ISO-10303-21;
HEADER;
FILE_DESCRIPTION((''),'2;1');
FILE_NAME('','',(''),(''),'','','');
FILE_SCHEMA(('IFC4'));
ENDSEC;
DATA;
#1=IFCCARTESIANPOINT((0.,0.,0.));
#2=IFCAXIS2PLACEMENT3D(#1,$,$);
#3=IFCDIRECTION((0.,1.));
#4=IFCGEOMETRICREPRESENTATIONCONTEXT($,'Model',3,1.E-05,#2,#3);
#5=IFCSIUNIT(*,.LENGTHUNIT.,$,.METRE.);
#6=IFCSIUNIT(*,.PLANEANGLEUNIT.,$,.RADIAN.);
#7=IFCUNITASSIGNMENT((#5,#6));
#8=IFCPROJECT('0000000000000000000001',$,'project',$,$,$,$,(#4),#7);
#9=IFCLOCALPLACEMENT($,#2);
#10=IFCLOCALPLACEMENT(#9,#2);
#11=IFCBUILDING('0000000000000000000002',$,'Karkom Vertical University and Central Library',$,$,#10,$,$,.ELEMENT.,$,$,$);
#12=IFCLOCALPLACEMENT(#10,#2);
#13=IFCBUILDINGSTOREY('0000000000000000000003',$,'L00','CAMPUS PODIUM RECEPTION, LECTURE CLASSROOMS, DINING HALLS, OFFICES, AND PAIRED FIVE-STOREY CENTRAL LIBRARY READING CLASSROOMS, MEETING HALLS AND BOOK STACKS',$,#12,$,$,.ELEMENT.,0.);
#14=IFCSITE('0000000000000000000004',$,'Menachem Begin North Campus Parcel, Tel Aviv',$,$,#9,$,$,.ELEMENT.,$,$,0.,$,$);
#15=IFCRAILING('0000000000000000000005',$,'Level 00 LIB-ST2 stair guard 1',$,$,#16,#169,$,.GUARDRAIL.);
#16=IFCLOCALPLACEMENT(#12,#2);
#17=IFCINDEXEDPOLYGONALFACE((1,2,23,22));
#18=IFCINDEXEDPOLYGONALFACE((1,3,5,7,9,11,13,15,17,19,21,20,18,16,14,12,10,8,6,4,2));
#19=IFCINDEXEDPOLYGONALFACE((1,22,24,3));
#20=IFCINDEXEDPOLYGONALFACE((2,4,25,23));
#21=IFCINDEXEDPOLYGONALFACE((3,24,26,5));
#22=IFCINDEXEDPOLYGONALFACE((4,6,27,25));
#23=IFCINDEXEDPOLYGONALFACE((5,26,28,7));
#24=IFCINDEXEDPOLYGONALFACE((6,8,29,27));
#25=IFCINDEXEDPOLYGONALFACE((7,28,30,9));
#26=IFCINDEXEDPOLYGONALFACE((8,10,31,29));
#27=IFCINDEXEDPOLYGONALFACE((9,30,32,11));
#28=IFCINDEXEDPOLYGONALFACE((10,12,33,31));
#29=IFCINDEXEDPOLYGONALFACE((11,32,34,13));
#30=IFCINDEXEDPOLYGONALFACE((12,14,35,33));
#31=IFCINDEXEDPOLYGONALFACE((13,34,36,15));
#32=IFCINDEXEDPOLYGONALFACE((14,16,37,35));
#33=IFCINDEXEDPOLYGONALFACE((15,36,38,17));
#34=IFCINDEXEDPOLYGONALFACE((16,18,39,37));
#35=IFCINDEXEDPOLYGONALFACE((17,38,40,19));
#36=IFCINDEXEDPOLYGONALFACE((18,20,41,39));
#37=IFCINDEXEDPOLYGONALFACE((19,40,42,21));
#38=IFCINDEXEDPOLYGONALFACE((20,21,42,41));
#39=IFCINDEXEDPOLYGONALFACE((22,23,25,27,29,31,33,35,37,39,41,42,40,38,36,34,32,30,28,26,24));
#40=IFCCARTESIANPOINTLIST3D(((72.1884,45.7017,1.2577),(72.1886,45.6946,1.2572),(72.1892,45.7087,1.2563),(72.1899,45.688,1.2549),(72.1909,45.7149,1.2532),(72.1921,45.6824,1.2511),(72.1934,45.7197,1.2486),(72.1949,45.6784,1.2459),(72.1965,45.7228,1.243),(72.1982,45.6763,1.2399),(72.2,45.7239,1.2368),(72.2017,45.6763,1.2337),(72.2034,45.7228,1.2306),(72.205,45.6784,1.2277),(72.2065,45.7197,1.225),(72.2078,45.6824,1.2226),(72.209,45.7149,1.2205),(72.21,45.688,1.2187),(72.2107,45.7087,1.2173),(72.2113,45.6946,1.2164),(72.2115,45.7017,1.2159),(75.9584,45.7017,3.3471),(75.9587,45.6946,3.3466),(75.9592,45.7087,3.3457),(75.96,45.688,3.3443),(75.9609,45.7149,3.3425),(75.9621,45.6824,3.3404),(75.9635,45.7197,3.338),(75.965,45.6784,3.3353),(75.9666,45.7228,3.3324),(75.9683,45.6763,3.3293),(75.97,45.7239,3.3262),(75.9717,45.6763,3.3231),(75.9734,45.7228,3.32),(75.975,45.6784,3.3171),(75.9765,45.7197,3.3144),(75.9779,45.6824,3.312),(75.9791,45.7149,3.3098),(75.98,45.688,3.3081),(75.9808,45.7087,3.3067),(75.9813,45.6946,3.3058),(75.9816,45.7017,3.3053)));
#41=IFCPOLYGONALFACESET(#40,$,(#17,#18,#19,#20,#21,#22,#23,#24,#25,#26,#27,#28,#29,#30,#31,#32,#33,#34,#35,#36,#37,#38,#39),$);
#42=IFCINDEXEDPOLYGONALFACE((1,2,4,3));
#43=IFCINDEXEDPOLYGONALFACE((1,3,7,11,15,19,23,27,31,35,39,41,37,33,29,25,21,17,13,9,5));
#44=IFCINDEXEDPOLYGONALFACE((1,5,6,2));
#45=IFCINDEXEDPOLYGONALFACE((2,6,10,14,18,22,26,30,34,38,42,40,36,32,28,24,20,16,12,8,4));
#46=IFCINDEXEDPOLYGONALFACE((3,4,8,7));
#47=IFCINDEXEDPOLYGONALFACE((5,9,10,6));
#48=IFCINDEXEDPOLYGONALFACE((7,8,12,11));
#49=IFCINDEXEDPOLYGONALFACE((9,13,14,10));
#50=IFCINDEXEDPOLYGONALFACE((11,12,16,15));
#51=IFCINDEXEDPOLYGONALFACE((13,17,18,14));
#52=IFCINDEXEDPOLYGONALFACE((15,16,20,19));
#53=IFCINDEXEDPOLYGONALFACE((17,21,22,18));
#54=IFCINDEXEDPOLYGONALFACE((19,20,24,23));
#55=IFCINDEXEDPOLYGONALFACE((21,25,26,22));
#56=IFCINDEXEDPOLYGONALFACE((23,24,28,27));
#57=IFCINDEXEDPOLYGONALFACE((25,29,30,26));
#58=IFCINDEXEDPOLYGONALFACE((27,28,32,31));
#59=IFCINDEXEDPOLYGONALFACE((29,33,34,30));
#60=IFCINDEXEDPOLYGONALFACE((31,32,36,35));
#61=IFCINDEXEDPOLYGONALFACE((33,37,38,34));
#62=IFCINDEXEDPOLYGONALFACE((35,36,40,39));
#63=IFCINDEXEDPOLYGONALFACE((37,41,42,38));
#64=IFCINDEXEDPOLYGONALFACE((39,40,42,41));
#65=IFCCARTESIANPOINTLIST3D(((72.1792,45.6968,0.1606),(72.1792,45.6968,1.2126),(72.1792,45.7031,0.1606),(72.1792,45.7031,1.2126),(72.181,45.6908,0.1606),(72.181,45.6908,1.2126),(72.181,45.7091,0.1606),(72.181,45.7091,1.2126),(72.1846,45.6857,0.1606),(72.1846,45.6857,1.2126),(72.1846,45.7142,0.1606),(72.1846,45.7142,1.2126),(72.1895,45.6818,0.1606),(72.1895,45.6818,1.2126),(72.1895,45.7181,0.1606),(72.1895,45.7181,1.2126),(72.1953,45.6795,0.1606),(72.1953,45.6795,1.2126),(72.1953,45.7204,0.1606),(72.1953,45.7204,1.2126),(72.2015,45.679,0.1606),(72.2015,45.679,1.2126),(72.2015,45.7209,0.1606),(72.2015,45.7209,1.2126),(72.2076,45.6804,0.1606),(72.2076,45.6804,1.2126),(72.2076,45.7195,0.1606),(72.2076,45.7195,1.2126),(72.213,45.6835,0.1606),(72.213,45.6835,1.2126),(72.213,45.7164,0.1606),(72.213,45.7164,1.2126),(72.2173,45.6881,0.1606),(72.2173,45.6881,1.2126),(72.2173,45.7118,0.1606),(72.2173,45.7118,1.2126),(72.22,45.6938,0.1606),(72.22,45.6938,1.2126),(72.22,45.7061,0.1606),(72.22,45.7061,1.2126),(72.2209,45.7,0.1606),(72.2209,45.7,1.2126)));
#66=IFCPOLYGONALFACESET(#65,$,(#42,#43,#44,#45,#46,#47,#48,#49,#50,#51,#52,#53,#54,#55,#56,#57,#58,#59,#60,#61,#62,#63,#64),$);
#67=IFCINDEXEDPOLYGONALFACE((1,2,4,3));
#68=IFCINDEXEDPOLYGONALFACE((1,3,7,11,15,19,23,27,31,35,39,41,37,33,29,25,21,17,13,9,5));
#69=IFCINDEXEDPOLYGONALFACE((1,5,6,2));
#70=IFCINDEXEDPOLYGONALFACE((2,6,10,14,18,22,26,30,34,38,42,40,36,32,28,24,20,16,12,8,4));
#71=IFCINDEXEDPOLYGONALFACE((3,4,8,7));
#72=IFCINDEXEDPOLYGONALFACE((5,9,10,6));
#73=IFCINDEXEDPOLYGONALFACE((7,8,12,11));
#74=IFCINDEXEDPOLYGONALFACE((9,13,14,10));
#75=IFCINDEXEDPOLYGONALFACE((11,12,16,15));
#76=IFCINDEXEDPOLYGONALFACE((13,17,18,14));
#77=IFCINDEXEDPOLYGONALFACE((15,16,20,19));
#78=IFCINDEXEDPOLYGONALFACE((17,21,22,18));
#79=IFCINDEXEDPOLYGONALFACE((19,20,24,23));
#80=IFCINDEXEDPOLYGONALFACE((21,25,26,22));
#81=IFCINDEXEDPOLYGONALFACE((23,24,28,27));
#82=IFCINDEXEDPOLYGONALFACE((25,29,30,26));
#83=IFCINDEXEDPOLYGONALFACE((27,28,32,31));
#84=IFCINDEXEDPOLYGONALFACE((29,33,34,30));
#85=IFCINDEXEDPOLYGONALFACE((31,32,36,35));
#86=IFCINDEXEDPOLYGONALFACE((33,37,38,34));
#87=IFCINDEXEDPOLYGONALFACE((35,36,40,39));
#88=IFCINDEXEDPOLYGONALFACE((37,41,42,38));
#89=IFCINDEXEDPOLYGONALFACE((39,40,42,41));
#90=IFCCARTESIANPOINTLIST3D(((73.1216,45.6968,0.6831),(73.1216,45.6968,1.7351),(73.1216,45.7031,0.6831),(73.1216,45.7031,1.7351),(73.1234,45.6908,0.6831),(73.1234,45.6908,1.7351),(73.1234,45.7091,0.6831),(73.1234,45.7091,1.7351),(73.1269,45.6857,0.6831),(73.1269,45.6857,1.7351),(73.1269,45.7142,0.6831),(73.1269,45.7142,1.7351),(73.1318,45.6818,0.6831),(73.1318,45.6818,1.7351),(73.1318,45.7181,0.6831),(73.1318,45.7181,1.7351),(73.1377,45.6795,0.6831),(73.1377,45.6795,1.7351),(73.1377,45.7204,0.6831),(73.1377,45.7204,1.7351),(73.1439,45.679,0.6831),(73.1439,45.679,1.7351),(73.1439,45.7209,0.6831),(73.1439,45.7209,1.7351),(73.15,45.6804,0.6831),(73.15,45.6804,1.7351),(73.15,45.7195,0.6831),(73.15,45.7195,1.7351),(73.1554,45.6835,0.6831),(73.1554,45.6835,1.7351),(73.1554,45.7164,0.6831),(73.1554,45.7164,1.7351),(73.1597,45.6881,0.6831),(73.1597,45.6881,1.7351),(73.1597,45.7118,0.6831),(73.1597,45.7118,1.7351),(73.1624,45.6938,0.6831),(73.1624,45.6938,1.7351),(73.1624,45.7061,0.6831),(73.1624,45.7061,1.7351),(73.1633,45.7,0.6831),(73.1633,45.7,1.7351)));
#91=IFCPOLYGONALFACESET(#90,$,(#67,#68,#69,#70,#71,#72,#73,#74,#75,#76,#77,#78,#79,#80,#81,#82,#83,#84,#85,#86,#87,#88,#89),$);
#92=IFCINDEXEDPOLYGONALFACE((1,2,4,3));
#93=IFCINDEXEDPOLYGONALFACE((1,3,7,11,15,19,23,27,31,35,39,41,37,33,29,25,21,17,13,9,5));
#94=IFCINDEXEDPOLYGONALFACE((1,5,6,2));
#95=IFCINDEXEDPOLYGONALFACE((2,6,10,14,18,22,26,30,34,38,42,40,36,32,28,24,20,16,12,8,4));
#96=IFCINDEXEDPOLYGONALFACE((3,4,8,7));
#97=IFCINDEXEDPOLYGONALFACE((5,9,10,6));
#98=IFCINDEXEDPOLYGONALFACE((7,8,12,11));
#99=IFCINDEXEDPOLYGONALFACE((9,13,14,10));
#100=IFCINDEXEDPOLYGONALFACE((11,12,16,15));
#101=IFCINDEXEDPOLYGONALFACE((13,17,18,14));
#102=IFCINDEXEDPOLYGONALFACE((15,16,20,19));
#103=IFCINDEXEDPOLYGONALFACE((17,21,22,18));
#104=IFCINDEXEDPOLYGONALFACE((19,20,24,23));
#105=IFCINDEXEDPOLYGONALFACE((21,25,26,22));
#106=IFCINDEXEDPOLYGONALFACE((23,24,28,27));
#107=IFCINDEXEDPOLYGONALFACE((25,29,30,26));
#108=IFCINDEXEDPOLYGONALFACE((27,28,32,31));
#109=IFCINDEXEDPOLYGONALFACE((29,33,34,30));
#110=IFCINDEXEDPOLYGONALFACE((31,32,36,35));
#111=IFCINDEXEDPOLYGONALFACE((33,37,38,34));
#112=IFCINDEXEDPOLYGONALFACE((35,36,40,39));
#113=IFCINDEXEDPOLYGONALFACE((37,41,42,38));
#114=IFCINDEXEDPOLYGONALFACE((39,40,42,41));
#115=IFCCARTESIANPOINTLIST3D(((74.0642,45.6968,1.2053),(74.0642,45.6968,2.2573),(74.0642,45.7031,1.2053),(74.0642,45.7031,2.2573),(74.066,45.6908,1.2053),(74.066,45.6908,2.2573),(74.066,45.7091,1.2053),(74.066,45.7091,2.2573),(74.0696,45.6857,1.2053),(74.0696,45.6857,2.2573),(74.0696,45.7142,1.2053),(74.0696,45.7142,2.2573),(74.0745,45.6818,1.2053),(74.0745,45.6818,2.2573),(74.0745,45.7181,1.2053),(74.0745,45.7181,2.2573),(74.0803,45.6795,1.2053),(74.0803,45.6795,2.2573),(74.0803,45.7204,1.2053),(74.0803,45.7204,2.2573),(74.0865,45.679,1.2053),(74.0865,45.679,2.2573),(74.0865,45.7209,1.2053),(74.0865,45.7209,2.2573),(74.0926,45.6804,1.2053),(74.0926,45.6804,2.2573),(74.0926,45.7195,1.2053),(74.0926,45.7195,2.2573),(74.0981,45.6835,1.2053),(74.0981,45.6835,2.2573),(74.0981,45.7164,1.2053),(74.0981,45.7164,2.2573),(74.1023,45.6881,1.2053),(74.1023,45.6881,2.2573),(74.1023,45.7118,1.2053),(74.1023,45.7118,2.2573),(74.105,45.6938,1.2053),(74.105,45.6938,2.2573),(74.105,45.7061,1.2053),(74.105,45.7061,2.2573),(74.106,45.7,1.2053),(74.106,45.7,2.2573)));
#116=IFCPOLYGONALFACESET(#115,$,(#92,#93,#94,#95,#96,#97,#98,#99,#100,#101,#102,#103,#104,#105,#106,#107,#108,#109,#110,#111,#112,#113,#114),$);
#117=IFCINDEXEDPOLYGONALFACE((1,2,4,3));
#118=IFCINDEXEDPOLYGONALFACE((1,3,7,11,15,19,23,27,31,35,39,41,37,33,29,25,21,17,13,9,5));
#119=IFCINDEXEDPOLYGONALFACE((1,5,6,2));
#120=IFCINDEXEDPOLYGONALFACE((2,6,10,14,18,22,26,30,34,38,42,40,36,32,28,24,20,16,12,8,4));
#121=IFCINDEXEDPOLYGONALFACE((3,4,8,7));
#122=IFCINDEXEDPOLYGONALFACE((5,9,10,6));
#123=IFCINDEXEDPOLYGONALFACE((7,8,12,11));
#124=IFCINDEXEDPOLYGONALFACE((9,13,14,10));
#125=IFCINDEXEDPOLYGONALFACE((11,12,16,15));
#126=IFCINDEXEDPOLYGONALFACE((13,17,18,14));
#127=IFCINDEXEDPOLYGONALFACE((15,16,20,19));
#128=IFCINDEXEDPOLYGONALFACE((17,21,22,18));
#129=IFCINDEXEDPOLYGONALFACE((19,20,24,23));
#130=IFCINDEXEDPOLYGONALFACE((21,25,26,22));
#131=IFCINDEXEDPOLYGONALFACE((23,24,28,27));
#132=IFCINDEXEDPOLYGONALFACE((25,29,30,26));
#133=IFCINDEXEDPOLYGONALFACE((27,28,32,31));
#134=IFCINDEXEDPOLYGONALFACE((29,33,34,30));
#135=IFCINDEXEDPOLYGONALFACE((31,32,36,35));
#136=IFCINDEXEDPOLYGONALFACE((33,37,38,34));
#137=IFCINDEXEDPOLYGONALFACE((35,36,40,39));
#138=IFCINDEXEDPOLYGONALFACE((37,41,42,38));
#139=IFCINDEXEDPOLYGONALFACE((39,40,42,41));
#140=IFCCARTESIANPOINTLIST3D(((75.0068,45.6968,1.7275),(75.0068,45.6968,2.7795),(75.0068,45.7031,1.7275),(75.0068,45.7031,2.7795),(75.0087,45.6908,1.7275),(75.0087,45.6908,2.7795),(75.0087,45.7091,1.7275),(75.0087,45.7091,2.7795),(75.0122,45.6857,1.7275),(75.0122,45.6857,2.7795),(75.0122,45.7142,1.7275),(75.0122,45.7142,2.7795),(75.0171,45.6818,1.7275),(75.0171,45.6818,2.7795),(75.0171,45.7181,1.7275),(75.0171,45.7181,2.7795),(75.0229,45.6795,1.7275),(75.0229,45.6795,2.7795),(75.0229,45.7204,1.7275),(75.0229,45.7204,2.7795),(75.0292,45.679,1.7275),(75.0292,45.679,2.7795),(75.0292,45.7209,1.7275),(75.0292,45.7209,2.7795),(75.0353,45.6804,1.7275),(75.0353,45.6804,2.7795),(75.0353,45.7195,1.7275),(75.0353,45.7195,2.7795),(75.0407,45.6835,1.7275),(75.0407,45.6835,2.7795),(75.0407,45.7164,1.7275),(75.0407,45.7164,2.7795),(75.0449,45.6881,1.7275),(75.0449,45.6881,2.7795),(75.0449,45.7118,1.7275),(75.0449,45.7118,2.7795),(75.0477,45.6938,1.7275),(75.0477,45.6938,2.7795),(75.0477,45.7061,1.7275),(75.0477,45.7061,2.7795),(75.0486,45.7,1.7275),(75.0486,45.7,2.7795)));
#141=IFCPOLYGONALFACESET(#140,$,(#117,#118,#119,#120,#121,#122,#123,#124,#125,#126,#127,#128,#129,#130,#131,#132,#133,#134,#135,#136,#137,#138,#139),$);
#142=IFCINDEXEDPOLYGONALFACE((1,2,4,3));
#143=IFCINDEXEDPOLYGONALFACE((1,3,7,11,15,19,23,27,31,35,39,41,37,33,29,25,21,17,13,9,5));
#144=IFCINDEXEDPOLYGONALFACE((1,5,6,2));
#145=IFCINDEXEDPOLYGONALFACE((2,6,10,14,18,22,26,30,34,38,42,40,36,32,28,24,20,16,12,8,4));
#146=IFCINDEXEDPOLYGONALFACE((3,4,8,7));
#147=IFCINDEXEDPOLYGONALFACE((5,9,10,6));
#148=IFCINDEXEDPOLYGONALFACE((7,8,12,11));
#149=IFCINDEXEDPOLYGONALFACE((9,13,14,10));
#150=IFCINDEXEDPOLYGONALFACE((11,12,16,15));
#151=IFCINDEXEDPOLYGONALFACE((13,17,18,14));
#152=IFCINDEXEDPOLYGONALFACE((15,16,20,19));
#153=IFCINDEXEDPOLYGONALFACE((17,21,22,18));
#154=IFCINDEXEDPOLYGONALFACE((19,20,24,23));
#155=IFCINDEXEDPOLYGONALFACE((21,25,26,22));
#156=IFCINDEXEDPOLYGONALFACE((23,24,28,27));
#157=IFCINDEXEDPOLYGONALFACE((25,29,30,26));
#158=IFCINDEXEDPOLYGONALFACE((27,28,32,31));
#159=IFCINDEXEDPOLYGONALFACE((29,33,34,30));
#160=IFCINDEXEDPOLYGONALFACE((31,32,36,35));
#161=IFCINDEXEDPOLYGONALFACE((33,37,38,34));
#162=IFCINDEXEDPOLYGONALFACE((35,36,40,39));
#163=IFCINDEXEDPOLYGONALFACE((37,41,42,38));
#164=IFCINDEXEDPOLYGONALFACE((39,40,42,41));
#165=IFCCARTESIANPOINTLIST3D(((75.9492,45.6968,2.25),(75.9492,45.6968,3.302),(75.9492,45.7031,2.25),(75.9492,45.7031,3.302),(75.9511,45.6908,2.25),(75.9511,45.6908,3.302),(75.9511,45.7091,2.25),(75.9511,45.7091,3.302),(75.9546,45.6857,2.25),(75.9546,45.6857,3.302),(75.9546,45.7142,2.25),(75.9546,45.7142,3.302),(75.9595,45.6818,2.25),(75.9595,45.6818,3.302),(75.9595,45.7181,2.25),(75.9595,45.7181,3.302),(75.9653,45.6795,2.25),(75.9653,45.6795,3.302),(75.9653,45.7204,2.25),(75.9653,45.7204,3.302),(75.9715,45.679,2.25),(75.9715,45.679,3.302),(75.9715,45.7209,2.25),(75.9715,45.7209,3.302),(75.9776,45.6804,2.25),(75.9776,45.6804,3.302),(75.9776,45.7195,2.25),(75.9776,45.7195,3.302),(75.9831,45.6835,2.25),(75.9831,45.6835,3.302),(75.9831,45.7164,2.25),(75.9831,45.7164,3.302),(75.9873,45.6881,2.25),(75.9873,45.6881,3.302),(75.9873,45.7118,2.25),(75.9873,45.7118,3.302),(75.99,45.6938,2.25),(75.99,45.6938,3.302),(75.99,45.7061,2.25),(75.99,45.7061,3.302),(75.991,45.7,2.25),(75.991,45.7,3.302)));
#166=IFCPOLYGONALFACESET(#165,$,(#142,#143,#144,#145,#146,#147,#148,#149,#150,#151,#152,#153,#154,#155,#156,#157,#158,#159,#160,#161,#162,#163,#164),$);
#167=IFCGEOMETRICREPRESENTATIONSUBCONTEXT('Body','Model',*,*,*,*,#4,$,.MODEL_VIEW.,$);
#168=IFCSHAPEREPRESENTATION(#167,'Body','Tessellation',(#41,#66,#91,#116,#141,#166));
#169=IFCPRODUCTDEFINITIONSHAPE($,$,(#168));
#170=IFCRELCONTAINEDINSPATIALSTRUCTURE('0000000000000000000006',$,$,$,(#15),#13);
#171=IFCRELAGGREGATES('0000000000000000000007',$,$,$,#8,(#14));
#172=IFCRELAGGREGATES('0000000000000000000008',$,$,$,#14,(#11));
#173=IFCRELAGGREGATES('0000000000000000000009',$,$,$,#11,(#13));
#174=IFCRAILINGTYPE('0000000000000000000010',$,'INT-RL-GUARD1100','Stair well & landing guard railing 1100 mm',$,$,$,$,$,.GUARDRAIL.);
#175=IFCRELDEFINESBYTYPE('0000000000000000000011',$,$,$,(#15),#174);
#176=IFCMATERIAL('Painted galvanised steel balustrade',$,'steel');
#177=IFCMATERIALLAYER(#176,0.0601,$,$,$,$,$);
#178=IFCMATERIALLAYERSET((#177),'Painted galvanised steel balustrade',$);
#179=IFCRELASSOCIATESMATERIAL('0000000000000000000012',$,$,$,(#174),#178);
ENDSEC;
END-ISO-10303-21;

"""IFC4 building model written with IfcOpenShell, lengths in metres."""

from ifc_helpers import new_model, si_unit, direction, frame, origin, origin_2d, place, context, subcontext, project, spatial, circle, extrude, material, layer, layer_set, type_object, element, save


model = new_model("IFC4")

# Units and contexts
model_context = context("Model", 3, precision=1e-05, world=origin(), true_north=direction((0.0, 1.0)))
body_context = subcontext(model_context, "Body", "Model", "MODEL_VIEW")
ifc_project = project(units=[si_unit("LENGTHUNIT", "METRE"), si_unit("PLANEANGLEUNIT", "RADIAN")], contexts=[model_context])

# Site, building, storey
site_placement = place(None, origin())
site = spatial("IfcSite", under=ifc_project, at=site_placement, Name="Menachem Begin North Campus Parcel, Tel Aviv", CompositionType="ELEMENT", RefElevation=0.0)
building_placement = place(site_placement, origin())
building = spatial("IfcBuilding", under=site, at=building_placement, Name="Karkom Vertical University and Central Library", CompositionType="ELEMENT")
storey_placement = place(building_placement, origin())
storey = spatial("IfcBuildingStorey", under=building, at=storey_placement, Name="L00", Description="CAMPUS PODIUM RECEPTION, LECTURE CLASSROOMS, DINING HALLS, OFFICES, AND PAIRED FIVE-STOREY CENTRAL LIBRARY READING CLASSROOMS, MEETING HALLS AND BOOK STACKS", CompositionType="ELEMENT", Elevation=0.0)

# Railing
ifc_material_1 = material(Name="Painted galvanised steel balustrade", Category="steel")
ifc_layer_1 = layer(ifc_material_1, 0.0601)
ifc_layer_set_1 = layer_set([ifc_layer_1], Name="Painted galvanised steel balustrade")
railing_type_1 = type_object("IfcRailingType", Name="INT-RL-GUARD1100", Description="Stair well & landing guard railing 1100 mm", PredefinedType="GUARDRAIL", material=ifc_layer_set_1)
railing_1_placement = place(storey_placement, frame((72.2, 45.7, 0.1606)))
element("IfcRailing", 1, at=railing_1_placement, inside=storey, type_object=railing_type_1, Name="Level 00 LIB-ST2 stair guard 1", PredefinedType="GUARDRAIL", context=body_context, shape_type="SweptSolid", body=[
    extrude(circle(Radius=0.0239, at=origin_2d()), frame((0.0, 0.0, 1.0762), z_axis=(0.874659, 0.0, 0.484739), x_axis=(0.0, 1.0, 0.0)), (0.0, 0.0, 1.0), 4.3103),
    extrude(circle(Radius=0.021, at=origin_2d()), origin(), (0.0, 0.0, 1.0), 1.052),
    extrude(circle(Radius=0.021, at=origin_2d()), frame((0.9424, 0.0, 0.5225)), (0.0, 0.0, 1.0), 1.052),
    extrude(circle(Radius=0.021, at=origin_2d()), frame((1.885, 0.0, 1.0447)), (0.0, 0.0, 1.0), 1.052),
    extrude(circle(Radius=0.021, at=origin_2d()), frame((2.8276, 0.0, 1.5669)), (0.0, 0.0, 1.0), 1.052),
    extrude(circle(Radius=0.021, at=origin_2d()), frame((3.77, 0.0, 2.0894)), (0.0, 0.0, 1.0), 1.052),
])

save(model, "model.ifc")
